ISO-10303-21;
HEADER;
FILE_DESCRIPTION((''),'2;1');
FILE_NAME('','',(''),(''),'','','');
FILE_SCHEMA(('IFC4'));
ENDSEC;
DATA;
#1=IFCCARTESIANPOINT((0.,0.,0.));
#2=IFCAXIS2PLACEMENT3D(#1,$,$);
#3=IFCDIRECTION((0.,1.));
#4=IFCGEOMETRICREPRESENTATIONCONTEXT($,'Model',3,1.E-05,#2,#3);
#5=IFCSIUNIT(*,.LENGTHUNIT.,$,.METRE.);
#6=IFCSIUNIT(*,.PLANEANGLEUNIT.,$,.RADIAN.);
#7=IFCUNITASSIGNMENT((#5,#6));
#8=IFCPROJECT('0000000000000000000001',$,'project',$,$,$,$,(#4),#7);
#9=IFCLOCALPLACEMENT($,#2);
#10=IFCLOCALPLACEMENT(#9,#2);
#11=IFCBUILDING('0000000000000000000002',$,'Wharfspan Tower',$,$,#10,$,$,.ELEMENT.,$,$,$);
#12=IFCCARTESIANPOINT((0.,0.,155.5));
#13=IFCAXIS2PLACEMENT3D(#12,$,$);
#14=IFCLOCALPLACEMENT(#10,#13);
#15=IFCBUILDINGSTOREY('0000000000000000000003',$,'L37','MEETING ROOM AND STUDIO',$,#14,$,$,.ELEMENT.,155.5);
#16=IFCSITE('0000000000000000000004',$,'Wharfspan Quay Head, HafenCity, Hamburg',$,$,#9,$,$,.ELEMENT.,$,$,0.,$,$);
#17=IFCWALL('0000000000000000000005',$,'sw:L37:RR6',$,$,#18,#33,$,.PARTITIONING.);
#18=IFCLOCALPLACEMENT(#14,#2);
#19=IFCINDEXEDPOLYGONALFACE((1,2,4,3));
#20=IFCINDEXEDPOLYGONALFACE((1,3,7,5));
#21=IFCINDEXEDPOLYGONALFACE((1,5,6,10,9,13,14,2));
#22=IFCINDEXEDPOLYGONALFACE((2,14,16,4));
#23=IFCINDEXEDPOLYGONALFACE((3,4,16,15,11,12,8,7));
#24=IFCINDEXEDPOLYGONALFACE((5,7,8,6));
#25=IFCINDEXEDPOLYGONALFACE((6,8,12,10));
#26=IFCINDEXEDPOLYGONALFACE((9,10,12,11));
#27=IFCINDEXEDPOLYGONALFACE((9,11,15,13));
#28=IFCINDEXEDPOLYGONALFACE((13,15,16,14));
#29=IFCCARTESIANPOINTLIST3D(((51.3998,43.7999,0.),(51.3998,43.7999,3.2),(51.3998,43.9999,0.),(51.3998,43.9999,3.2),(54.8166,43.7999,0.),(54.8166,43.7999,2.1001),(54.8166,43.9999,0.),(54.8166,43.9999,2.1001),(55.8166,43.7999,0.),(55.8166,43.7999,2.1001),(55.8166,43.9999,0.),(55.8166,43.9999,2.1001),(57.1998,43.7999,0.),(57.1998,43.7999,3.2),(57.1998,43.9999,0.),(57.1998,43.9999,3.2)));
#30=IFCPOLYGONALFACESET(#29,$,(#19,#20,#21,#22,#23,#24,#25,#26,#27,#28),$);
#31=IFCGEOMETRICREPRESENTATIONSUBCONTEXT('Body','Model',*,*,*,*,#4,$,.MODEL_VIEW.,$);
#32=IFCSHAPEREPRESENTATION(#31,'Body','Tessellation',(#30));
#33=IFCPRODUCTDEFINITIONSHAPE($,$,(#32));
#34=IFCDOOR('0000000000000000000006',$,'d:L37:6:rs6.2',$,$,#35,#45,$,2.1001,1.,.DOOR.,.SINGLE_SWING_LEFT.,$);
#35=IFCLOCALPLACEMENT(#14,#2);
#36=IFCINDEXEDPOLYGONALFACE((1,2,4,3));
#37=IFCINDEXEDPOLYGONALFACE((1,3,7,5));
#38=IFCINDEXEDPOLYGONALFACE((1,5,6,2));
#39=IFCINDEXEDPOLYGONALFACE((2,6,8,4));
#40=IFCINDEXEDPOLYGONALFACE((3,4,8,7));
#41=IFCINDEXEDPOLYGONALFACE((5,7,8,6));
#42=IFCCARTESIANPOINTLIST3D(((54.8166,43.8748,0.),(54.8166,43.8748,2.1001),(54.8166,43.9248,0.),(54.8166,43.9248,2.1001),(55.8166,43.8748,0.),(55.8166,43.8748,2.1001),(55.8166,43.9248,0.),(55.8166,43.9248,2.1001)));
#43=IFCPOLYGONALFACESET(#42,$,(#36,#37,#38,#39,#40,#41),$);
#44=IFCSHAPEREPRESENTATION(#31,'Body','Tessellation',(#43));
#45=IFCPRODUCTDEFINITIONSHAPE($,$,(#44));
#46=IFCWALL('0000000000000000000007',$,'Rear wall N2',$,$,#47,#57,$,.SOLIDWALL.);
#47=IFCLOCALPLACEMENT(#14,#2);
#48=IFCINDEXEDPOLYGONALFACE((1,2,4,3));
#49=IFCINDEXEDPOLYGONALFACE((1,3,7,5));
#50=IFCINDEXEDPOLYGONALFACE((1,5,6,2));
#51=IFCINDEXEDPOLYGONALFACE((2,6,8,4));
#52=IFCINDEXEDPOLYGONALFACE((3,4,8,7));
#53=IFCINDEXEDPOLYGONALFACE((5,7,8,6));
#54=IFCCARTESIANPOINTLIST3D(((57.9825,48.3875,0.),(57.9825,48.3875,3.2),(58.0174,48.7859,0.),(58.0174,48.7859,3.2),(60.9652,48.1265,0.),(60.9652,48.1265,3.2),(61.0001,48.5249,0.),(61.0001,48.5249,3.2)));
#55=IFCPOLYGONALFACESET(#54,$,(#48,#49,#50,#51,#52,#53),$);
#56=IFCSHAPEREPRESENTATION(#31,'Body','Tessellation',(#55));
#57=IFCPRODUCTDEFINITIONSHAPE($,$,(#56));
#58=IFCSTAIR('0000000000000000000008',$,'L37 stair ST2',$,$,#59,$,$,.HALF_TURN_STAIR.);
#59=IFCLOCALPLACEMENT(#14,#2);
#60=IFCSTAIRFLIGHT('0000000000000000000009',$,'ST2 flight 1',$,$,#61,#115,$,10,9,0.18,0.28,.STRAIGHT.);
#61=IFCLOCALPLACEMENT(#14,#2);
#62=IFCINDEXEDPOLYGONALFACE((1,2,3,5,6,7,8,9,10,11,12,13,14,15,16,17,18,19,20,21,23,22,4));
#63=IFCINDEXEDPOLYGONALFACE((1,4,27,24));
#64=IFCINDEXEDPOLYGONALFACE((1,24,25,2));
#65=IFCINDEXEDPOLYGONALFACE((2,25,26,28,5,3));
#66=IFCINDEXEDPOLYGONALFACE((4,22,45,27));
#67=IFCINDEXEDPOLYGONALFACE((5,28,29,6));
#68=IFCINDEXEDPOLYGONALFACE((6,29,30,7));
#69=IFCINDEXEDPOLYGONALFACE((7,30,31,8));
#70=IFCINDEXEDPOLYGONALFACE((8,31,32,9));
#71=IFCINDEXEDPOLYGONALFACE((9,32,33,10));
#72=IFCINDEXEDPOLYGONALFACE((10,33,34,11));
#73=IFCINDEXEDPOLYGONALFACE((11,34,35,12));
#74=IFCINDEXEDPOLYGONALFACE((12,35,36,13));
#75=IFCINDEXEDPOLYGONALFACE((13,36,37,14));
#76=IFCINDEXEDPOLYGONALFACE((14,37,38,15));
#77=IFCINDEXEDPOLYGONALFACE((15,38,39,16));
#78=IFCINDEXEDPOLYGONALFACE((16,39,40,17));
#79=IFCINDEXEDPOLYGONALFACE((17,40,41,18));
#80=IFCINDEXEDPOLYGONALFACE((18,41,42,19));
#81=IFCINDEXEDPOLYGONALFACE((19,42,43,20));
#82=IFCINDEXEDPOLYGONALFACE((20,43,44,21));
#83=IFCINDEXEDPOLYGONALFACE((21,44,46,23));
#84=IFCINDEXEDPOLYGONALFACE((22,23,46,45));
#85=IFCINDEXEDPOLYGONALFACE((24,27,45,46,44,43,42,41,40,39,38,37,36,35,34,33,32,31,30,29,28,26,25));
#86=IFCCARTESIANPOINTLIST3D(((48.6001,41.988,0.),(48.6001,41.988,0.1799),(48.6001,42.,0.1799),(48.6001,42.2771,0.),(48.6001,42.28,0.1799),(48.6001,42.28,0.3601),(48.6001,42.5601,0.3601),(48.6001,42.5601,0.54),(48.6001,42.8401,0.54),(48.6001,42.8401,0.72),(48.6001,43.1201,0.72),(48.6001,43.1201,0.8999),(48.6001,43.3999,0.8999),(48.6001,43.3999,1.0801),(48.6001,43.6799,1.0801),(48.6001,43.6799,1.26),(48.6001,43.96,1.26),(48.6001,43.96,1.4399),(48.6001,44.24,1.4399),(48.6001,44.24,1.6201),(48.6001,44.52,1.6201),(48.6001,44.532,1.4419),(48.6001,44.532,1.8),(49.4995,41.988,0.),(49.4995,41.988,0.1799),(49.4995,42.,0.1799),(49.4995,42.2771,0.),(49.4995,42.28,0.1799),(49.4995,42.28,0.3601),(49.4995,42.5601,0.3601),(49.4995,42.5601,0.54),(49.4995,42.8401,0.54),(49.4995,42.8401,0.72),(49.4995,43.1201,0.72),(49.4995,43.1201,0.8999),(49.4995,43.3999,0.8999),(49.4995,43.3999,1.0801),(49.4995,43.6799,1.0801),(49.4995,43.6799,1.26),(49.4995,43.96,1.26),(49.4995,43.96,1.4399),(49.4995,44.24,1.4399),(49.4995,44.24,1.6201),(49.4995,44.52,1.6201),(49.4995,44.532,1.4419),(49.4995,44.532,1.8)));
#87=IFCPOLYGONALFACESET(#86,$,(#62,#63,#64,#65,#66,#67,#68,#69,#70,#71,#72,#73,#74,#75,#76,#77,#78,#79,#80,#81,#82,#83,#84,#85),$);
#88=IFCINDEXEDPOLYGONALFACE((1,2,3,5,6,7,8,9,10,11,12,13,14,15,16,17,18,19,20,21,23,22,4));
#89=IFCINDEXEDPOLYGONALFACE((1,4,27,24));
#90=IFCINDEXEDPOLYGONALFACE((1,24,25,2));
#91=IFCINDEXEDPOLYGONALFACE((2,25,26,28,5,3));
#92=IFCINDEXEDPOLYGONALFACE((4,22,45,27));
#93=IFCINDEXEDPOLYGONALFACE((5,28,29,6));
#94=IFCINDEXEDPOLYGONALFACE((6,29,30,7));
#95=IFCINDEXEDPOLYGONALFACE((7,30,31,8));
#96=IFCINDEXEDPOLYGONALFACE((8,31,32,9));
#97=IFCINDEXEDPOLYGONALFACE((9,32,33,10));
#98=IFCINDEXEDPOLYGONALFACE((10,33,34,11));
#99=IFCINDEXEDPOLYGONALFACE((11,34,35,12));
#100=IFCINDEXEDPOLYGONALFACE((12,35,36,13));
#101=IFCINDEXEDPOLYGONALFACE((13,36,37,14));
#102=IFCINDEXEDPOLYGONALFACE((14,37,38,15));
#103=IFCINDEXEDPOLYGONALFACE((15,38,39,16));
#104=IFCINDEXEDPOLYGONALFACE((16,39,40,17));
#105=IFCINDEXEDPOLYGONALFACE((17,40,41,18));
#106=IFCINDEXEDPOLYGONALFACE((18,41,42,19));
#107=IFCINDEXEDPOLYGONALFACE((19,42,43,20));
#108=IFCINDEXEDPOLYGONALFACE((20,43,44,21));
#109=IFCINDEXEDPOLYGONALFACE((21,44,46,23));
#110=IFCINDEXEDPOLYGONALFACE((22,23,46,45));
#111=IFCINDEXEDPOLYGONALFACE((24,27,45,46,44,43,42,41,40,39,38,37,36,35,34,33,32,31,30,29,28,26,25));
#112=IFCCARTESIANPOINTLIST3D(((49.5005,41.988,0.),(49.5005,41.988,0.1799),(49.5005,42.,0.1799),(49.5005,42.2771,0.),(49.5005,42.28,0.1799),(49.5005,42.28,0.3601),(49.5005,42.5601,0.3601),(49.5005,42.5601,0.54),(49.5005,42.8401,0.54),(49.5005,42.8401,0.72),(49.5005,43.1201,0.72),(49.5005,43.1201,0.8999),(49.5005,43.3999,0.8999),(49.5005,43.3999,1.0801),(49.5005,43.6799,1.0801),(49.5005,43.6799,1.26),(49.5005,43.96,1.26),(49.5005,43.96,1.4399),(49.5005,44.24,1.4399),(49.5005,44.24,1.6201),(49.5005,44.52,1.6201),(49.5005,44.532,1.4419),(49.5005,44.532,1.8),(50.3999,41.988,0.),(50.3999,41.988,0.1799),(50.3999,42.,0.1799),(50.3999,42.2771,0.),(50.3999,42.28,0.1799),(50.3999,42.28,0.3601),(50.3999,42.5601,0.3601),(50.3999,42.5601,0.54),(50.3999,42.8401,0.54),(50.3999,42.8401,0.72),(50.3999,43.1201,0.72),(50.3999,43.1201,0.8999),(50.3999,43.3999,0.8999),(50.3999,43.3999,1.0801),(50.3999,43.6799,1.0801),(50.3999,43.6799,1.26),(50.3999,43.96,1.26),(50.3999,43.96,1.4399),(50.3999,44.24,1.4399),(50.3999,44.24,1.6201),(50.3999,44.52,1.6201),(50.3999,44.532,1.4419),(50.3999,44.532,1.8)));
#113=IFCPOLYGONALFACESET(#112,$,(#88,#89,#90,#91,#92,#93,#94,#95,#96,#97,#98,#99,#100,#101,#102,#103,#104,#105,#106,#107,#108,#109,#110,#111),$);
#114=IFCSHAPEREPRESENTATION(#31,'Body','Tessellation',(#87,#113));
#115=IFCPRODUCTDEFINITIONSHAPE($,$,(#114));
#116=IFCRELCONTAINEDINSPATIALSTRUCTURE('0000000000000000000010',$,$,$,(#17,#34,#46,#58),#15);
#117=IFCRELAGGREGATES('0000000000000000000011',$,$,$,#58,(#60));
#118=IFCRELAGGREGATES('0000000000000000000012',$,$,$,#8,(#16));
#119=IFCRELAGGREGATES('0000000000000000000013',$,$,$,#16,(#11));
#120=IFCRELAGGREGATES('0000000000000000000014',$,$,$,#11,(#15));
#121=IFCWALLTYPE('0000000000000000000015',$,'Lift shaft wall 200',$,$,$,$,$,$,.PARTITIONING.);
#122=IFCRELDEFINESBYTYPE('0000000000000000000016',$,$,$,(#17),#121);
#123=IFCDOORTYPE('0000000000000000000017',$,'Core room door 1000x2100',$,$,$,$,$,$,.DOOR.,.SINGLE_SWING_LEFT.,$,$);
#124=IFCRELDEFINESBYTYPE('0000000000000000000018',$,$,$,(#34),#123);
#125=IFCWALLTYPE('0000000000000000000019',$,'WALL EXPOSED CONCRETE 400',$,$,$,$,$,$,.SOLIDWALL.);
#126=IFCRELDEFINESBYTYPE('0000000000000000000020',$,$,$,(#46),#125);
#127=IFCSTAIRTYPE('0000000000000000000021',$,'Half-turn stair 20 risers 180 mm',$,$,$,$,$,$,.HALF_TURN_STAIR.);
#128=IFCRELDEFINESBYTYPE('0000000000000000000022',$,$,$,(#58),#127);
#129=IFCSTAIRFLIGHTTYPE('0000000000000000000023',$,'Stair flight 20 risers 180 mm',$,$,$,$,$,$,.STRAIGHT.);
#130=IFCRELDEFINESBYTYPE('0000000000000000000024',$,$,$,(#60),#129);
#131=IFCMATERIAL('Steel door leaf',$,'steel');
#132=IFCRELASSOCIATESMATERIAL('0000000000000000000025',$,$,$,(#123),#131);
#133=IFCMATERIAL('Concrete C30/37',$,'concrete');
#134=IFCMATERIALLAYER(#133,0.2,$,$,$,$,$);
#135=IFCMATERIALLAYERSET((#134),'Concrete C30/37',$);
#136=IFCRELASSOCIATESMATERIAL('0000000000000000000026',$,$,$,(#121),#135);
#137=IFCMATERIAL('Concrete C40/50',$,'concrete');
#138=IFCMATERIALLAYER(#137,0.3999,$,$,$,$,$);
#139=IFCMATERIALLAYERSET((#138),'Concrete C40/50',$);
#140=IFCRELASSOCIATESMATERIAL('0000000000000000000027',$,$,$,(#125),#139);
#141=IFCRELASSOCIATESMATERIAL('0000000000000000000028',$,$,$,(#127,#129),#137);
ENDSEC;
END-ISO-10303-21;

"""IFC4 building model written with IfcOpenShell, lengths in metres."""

from ifc_helpers import new_model, si_unit, direction, frame, frame_2d, origin, place, context, subcontext, project, spatial, polyline, rectangle, outline, extrude, material, layer, layer_set, type_object, element, fill, aggregate, save


model = new_model("IFC4")

# Units and contexts
model_context = context("Model", 3, precision=1e-05, world=origin(), true_north=direction((0.0, 1.0)))
body_context = subcontext(model_context, "Body", "Model", "MODEL_VIEW")
ifc_project = project(units=[si_unit("LENGTHUNIT", "METRE"), si_unit("PLANEANGLEUNIT", "RADIAN")], contexts=[model_context])

# Site, building, storey
site_placement = place(None, origin())
site = spatial("IfcSite", under=ifc_project, at=site_placement, Name="Wharfspan Quay Head, HafenCity, Hamburg", CompositionType="ELEMENT", RefElevation=0.0)
building_placement = place(site_placement, origin())
building = spatial("IfcBuilding", under=site, at=building_placement, Name="Wharfspan Tower", CompositionType="ELEMENT")
storey_placement = place(building_placement, frame((0.0, 0.0, 155.5)))
storey = spatial("IfcBuildingStorey", under=building, at=storey_placement, Name="L37", Description="MEETING ROOM AND STUDIO", CompositionType="ELEMENT", Elevation=155.5)

# Shared definitions
ifc_material_1 = material(Name="Steel door leaf", Category="steel")
door_type_1 = type_object("IfcDoorType", Name="Core room door 1000x2100", OperationType="SINGLE_SWING_LEFT", PredefinedType="DOOR", material=ifc_material_1)

# Shared definitions
ifc_material_2 = material(Name="Concrete C30/37", Category="concrete")
ifc_layer_1 = layer(ifc_material_2, 0.2)
ifc_layer_set_1 = layer_set([ifc_layer_1], Name="Concrete C30/37")
wall_type_1 = type_object("IfcWallType", Name="Lift shaft wall 200", PredefinedType="PARTITIONING", material=ifc_layer_set_1)

# Wall, opening, door
wall_1_placement = place(storey_placement, frame((51.3999, 43.8999, 0.0), z_axis=(0.0, 0.0, 1.0), x_axis=(1.0, 0.0, 0.0)))
wall_1 = element("IfcWall", 1, at=wall_1_placement, inside=storey, type_object=wall_type_1, Name="sw:L37:RR6", PredefinedType="PARTITIONING", context=body_context, shape_type="SweptSolid", body=[
    extrude(rectangle(XDim=5.8, YDim=0.2, at=frame_2d((2.8999, 0.0))), origin(), (0.0, 0.0, 1.0), 3.2),
])
opening_1_placement = place(wall_1_placement, frame((3.4167, 0.0, 0.0)))
opening_1 = element("IfcOpeningElement", 2, at=opening_1_placement, cuts=wall_1, PredefinedType="OPENING", context=body_context, shape_type="SweptSolid", body=[
    extrude(rectangle(XDim=1.0, YDim=2.1001, at=frame_2d((0.5, 1.05))), frame((0.0, 0.1099, 0.0), z_axis=(0.0, -1.0, 0.0), x_axis=(1.0, 0.0, 0.0)), (0.0, 0.0, 1.0), 0.22),
])
door_1_placement = place(opening_1_placement, origin())
door_1 = element("IfcDoor", 3, at=door_1_placement, inside=storey, type_object=door_type_1, Name="d:L37:6:rs6.2", OperationType="SINGLE_SWING_LEFT", OverallHeight=2.1001, OverallWidth=1.0, PredefinedType="DOOR", context=body_context, shape_type="SweptSolid", body=[
    extrude(rectangle(XDim=1.0, YDim=2.1001, at=frame_2d((0.5, 1.05))), frame((0.0, 0.0249, 0.0), z_axis=(0.0, -1.0, 0.0), x_axis=(1.0, 0.0, 0.0)), (0.0, 0.0, 1.0), 0.05),
])
fill(opening_1, door_1)

# Wall
ifc_material_3 = material(Name="Concrete C40/50", Category="concrete")
ifc_layer_2 = layer(ifc_material_3, 0.3999)
ifc_layer_set_2 = layer_set([ifc_layer_2], Name="Concrete C40/50")
wall_type_2 = type_object("IfcWallType", Name="WALL EXPOSED CONCRETE 400", PredefinedType="SOLIDWALL", material=ifc_layer_set_2)
wall_2_placement = place(storey_placement, frame((60.9827, 48.3257, 0.0), z_axis=(0.0, 0.0, 1.0), x_axis=(-0.996194, 0.087168, 0.0)))
element("IfcWall", 4, at=wall_2_placement, inside=storey, type_object=wall_type_2, Name="Rear wall N2", PredefinedType="SOLIDWALL", context=body_context, shape_type="SweptSolid", body=[
    extrude(rectangle(XDim=2.9941, YDim=0.3999, at=frame_2d((1.4971, 0.0))), origin(), (0.0, 0.0, 1.0), 3.2),
])

# Stair, stair flight
stair_type = type_object("IfcStairType", Name="Half-turn stair 20 risers 180 mm", PredefinedType="HALF_TURN_STAIR", material=ifc_material_3)
stair_placement = place(storey_placement, origin())
stair = element("IfcStair", 5, at=stair_placement, inside=storey, type_object=stair_type, Name="L37 stair ST2", PredefinedType="HALF_TURN_STAIR")
stair_flight_type = type_object("IfcStairFlightType", Name="Stair flight 20 risers 180 mm", PredefinedType="STRAIGHT", material=ifc_material_3)
stair_flight_placement = place(storey_placement, frame((49.5, 42.0, 0.0), z_axis=(0.0, 0.0, 1.0), x_axis=(0.0, 1.0, 0.0)))
stair_flight = element("IfcStairFlight", 6, at=stair_flight_placement, type_object=stair_flight_type, Name="ST2 flight 1", NumberOfRisers=10, NumberOfTreads=9, PredefinedType="STRAIGHT", RiserHeight=0.18, TreadLength=0.28, context=body_context, shape_type="SweptSolid", body=[
    extrude(outline(polyline([(-0.012, 0.0), (-0.012, 0.1799), (0.0, 0.1799), (0.28, 0.1799), (0.28, 0.3601), (0.5601, 0.3601), (0.5601, 0.54), (0.8401, 0.54), (0.8401, 0.72), (1.1201, 0.72), (1.1201, 0.8999), (1.3999, 0.8999), (1.3999, 1.0801), (1.6799, 1.0801), (1.6799, 1.26), (1.96, 1.26), (1.96, 1.4399), (2.24, 1.4399), (2.24, 1.6201), (2.52, 1.6201), (2.532, 1.8), (2.532, 1.4419), (0.2771, 0.0), (-0.012, 0.0)])), frame((0.0, 0.8999, 0.0), z_axis=(0.0, -1.0, 0.0), x_axis=(1.0, 0.0, 0.0)), (0.0, 0.0, 1.0), 0.8994),
    extrude(outline(polyline([(-0.012, 0.0), (-0.012, 0.1799), (0.0, 0.1799), (0.28, 0.1799), (0.28, 0.3601), (0.5601, 0.3601), (0.5601, 0.54), (0.8401, 0.54), (0.8401, 0.72), (1.1201, 0.72), (1.1201, 0.8999), (1.3999, 0.8999), (1.3999, 1.0801), (1.6799, 1.0801), (1.6799, 1.26), (1.96, 1.26), (1.96, 1.4399), (2.24, 1.4399), (2.24, 1.6201), (2.52, 1.6201), (2.532, 1.8), (2.532, 1.4419), (0.2771, 0.0), (-0.012, 0.0)])), frame((0.0, -0.0005, 0.0), z_axis=(0.0, -1.0, 0.0), x_axis=(1.0, 0.0, 0.0)), (0.0, 0.0, 1.0), 0.8994),
])
aggregate(stair, [stair_flight])

save(model, "model.ifc")
